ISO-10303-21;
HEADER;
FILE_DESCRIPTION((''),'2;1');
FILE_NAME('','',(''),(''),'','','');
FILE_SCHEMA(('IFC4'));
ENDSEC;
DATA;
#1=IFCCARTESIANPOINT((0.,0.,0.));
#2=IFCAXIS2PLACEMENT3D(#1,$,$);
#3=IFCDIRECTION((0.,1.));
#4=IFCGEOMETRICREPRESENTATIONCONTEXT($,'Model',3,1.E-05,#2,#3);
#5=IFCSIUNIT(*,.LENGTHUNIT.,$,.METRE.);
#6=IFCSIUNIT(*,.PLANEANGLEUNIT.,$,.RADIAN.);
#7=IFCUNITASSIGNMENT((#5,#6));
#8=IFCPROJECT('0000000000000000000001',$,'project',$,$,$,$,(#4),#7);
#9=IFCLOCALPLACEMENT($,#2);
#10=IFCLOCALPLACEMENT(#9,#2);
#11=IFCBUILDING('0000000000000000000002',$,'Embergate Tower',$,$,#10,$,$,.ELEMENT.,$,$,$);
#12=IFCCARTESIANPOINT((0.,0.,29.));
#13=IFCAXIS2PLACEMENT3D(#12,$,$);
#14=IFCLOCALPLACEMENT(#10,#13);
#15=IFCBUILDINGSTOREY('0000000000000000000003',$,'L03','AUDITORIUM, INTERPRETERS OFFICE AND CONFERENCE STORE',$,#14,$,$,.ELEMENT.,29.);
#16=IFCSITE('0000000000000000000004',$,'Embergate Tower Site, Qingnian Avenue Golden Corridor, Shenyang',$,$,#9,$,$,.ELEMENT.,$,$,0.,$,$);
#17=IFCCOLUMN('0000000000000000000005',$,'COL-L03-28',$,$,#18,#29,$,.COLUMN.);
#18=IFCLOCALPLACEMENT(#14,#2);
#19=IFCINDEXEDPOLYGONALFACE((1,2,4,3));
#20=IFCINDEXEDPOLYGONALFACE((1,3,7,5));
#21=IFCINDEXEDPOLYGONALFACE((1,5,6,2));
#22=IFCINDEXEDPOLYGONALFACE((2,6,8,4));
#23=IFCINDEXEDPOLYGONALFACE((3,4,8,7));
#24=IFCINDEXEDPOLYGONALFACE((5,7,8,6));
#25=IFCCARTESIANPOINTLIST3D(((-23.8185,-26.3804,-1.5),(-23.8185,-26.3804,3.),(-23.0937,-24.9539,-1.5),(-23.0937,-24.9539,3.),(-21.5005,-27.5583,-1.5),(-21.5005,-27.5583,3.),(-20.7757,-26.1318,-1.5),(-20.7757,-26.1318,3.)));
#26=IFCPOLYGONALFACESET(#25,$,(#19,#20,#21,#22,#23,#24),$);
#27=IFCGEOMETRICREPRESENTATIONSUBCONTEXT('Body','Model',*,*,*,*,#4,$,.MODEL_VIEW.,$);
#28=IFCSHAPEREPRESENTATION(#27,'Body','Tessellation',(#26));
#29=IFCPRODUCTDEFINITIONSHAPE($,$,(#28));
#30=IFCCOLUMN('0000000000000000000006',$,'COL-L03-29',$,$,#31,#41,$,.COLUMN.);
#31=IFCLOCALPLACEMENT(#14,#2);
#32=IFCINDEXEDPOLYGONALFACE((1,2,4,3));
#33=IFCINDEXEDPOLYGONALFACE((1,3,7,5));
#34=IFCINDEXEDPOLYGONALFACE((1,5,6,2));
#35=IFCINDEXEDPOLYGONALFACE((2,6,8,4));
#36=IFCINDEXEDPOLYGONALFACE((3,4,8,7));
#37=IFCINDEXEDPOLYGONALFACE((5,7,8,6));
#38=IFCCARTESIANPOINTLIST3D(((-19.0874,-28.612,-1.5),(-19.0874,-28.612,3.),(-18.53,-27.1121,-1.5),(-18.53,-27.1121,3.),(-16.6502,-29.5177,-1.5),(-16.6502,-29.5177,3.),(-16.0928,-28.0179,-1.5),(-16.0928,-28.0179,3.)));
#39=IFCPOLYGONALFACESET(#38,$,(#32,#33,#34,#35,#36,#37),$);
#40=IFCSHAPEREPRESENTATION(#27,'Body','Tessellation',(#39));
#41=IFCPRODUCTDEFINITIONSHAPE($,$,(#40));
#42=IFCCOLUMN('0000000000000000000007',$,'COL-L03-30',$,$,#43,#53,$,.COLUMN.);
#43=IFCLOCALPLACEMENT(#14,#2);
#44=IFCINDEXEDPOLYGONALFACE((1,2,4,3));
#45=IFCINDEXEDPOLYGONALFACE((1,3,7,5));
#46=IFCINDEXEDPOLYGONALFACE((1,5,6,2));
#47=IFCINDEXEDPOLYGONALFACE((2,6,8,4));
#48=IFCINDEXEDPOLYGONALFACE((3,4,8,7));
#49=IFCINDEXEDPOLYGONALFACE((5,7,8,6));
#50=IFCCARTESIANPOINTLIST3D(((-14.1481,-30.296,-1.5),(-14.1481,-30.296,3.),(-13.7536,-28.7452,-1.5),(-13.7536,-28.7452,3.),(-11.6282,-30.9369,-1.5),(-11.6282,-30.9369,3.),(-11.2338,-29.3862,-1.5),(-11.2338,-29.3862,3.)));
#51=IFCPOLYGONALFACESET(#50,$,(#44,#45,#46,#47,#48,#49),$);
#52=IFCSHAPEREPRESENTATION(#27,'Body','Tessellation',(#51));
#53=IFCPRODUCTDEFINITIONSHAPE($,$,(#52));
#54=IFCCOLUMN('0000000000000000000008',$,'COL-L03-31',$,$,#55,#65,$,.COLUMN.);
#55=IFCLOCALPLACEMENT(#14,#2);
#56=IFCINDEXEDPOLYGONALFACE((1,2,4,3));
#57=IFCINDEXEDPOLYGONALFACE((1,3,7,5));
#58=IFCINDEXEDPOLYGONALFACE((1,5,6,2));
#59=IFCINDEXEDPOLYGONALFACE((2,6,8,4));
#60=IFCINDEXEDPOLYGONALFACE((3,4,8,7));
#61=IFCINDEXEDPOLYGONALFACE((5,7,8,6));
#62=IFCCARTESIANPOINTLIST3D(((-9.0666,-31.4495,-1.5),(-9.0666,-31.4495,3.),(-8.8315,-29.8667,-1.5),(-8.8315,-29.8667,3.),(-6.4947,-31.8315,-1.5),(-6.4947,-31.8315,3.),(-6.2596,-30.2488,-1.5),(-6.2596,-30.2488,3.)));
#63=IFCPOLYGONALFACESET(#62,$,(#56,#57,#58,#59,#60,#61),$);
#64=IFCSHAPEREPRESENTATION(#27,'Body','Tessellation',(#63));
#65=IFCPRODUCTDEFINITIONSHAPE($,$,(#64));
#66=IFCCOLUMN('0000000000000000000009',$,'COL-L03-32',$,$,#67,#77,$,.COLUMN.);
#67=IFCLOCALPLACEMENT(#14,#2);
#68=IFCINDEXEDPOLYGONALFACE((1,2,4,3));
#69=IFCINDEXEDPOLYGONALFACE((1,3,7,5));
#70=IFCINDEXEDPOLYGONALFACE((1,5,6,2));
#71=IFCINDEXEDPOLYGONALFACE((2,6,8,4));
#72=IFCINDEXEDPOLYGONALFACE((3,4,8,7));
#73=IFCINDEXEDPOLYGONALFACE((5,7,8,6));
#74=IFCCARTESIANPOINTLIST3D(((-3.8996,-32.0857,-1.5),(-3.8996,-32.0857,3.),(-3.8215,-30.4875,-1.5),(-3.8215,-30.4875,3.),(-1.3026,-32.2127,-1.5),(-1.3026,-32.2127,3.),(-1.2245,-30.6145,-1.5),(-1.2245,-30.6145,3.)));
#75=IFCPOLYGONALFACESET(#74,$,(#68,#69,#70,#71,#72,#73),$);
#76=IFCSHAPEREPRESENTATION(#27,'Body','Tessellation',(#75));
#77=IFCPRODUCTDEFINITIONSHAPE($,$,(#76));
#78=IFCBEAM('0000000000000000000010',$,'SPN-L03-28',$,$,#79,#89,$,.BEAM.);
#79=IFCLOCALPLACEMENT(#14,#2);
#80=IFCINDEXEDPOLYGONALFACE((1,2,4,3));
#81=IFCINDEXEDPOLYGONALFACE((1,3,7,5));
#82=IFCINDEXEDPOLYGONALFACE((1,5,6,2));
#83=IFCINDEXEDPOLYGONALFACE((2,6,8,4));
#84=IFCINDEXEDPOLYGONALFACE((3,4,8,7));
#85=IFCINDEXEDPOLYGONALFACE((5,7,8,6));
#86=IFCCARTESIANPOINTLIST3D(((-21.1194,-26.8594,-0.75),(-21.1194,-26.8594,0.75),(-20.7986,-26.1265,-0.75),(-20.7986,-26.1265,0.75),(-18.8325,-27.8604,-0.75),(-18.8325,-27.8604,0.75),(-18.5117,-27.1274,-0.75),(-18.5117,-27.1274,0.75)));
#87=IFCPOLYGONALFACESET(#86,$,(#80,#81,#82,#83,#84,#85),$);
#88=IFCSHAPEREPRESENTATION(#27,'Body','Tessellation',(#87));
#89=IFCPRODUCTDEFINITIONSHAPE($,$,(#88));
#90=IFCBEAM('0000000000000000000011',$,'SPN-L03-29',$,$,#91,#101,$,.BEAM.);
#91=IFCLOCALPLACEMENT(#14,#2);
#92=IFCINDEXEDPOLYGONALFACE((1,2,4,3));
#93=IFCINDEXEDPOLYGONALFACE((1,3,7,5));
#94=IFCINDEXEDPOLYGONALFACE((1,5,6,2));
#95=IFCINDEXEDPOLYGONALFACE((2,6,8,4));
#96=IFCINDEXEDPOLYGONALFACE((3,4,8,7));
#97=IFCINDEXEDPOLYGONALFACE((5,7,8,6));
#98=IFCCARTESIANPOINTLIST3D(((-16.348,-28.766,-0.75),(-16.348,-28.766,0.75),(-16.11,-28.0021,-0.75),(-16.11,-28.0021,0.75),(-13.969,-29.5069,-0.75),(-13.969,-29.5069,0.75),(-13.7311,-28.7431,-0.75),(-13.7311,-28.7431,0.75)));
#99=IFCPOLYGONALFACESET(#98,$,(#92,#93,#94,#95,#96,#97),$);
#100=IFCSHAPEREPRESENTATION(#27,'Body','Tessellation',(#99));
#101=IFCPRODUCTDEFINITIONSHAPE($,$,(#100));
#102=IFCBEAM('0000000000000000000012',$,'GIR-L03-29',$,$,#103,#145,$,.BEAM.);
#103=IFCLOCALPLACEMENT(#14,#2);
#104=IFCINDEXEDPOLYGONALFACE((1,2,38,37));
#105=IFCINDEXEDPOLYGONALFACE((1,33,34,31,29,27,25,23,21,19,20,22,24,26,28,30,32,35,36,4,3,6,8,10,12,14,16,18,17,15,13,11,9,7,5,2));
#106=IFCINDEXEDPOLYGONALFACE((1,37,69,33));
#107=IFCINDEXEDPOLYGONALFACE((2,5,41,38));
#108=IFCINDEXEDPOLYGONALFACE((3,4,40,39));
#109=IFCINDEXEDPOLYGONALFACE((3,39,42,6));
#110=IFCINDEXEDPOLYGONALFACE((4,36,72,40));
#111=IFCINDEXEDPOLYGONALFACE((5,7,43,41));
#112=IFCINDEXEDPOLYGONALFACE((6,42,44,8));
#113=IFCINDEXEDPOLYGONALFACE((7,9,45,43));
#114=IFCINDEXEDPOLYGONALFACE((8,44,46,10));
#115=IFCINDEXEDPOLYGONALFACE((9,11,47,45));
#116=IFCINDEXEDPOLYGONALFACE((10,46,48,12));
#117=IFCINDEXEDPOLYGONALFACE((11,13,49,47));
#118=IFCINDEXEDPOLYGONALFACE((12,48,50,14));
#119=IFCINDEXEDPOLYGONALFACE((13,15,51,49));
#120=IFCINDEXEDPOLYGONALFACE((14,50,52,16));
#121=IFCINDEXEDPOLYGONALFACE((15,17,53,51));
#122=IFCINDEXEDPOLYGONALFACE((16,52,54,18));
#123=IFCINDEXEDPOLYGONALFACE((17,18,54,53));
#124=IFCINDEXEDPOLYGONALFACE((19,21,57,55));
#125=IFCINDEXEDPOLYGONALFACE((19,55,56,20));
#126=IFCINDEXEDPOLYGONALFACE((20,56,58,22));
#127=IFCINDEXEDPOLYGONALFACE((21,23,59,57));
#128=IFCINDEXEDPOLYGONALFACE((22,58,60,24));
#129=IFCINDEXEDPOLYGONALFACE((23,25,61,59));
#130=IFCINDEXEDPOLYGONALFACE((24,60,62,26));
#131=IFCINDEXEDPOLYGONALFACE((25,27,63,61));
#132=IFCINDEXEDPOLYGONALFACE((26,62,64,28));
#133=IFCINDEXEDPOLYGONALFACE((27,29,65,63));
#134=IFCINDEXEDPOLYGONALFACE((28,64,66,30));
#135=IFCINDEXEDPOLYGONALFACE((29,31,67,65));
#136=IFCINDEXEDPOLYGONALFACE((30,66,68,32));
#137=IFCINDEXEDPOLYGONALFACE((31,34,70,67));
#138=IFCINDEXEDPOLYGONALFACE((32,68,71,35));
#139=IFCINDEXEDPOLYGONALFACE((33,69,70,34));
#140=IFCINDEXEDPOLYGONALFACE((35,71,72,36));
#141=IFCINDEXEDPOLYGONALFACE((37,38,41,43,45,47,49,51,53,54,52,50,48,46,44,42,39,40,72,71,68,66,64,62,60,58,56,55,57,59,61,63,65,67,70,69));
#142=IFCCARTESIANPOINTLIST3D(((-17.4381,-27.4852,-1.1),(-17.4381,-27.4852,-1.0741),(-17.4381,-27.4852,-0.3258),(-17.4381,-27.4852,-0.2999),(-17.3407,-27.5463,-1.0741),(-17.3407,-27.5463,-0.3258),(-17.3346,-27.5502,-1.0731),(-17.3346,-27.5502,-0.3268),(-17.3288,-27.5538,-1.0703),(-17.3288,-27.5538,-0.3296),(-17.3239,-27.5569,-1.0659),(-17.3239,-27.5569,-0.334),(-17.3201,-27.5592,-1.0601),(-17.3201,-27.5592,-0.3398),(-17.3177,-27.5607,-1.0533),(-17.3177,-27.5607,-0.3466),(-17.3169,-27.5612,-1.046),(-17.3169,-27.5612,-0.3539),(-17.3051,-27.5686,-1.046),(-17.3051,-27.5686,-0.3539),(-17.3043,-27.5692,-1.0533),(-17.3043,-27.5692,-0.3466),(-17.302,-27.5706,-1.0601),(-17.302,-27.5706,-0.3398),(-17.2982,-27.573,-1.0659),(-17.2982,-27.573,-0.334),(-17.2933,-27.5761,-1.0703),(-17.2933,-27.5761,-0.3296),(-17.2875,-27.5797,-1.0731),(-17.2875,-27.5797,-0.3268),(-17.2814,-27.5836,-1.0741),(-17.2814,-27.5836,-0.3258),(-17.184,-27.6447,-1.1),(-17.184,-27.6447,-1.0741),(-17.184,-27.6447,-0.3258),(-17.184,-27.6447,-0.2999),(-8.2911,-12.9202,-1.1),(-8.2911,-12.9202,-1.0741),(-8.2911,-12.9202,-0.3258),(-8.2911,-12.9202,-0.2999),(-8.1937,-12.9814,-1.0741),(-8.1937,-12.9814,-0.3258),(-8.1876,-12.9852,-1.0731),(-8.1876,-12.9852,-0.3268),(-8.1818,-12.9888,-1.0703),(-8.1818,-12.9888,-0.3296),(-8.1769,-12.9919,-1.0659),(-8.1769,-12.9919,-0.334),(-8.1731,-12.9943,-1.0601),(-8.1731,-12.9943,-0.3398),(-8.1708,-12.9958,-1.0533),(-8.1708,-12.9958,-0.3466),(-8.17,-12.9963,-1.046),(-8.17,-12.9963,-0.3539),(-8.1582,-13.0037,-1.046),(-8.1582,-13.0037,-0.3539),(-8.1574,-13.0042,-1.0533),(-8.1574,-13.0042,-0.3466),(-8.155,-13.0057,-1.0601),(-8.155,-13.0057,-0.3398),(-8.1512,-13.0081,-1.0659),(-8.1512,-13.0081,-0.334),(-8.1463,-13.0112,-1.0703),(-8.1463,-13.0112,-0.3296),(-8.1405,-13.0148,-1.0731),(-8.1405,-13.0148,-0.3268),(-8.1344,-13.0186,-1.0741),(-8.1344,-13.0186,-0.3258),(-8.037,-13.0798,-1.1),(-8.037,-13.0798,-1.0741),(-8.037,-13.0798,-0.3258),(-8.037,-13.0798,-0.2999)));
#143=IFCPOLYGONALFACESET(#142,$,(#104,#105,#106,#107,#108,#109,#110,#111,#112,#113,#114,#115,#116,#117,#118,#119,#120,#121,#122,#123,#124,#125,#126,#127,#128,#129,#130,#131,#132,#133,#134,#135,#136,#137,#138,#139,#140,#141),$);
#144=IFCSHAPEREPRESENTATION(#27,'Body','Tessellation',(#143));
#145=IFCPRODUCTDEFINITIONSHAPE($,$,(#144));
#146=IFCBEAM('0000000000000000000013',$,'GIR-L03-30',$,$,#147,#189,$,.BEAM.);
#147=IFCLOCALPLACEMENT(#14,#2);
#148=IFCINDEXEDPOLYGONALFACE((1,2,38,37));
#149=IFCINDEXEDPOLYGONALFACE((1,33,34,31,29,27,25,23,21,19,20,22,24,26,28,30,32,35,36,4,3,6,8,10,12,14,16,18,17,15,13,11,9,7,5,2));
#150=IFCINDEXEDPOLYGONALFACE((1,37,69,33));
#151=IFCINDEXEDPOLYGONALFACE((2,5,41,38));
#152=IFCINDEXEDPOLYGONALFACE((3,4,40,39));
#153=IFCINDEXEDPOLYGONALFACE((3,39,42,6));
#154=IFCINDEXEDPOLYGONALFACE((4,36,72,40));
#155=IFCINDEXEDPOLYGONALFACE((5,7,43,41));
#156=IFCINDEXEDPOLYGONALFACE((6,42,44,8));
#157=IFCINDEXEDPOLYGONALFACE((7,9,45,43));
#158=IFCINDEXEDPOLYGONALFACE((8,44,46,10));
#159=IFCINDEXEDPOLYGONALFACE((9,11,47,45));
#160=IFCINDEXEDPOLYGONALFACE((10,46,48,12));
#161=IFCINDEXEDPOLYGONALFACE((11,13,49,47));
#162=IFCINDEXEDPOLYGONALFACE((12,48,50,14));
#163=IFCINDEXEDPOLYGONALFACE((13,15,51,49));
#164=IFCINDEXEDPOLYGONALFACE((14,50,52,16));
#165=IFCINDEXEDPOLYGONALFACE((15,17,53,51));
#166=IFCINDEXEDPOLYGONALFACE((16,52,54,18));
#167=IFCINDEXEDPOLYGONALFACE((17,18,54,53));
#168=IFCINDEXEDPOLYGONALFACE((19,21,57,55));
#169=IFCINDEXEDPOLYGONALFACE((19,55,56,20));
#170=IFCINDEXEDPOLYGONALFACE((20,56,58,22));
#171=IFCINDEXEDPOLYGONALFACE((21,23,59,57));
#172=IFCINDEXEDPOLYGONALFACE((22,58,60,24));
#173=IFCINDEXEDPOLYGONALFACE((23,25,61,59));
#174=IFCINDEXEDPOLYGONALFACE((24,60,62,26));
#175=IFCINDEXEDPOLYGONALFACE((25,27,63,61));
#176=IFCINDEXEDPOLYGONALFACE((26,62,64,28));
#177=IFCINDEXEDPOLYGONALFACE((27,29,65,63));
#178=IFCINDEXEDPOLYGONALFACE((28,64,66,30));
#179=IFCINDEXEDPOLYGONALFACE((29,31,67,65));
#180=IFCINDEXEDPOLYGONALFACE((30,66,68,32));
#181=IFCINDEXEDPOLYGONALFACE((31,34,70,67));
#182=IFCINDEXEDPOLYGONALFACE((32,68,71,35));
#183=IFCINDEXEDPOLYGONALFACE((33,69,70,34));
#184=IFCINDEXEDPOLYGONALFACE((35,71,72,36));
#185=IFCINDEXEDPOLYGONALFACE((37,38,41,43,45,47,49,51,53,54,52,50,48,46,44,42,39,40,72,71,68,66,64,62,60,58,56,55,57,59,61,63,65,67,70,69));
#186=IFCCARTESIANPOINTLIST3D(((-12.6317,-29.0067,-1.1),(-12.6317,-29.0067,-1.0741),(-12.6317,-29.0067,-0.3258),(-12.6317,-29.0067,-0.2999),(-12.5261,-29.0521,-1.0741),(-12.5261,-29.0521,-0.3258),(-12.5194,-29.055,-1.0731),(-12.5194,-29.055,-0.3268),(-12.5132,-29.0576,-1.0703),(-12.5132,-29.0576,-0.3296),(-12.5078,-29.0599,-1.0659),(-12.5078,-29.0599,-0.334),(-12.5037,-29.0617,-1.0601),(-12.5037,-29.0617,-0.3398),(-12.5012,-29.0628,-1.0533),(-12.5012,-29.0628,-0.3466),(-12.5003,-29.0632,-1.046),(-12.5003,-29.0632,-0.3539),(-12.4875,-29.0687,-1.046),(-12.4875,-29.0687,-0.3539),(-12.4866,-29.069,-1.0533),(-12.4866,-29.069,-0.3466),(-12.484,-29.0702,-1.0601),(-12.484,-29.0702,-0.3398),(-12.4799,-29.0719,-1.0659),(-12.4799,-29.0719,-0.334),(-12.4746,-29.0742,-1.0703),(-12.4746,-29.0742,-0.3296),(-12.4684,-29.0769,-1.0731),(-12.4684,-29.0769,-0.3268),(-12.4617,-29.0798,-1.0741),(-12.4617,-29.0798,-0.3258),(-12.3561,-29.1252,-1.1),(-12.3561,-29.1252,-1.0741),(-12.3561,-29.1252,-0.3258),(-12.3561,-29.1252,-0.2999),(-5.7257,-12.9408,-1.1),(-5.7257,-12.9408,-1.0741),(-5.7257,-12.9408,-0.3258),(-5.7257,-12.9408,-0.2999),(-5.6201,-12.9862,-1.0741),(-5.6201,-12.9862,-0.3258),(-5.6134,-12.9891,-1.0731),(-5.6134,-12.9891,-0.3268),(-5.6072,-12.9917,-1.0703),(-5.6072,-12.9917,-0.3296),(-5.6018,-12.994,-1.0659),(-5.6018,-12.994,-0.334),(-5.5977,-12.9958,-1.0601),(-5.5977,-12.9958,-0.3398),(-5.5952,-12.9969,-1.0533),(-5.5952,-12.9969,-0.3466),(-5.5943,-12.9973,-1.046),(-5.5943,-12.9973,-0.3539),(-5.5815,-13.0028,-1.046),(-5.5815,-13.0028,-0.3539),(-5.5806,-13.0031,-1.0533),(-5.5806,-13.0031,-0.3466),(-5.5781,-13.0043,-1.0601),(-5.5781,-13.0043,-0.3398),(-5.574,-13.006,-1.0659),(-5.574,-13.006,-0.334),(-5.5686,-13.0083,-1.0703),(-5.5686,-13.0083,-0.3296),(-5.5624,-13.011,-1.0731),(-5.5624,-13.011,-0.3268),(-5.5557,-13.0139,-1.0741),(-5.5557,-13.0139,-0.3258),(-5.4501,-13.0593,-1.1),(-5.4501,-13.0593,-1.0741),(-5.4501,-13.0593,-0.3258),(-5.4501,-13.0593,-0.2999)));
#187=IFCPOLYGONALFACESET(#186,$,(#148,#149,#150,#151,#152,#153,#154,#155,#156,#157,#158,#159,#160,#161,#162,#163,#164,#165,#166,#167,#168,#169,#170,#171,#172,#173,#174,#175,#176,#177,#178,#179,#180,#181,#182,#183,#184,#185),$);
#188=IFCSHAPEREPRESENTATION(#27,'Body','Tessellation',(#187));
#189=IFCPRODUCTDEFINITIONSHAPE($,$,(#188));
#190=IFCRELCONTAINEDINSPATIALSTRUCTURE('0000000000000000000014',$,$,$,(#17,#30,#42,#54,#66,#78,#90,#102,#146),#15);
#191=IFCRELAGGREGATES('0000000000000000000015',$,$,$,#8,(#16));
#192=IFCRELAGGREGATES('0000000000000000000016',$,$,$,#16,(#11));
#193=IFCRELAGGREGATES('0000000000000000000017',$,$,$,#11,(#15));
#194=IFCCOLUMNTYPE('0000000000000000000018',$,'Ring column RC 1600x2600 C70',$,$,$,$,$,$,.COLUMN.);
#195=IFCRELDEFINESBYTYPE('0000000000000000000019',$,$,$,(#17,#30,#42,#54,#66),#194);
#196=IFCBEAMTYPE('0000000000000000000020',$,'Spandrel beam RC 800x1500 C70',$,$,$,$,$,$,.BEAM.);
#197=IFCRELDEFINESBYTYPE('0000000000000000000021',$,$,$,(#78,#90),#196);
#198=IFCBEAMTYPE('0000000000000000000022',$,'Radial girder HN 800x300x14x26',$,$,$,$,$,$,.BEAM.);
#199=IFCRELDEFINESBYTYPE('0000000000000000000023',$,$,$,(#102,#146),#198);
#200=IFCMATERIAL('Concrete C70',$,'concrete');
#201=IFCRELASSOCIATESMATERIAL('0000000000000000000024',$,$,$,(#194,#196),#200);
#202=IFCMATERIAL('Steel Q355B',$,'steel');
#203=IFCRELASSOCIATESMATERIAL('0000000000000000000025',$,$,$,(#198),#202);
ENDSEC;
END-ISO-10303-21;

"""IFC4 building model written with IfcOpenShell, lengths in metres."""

from ifc_helpers import new_model, si_unit, direction, frame, origin, origin_2d, place, context, subcontext, project, spatial, rectangle, i_section, extrude, source, transform, mapped, material, material_profile, profile_set, type_object, element, save


model = new_model("IFC4")

# Units and contexts
model_context = context("Model", 3, precision=1e-05, world=origin(), true_north=direction((0.0, 1.0)))
body_context = subcontext(model_context, "Body", "Model", "MODEL_VIEW")
ifc_project = project(units=[si_unit("LENGTHUNIT", "METRE"), si_unit("PLANEANGLEUNIT", "RADIAN")], contexts=[model_context])

# Site, building, storey
site_placement = place(None, origin())
site = spatial("IfcSite", under=ifc_project, at=site_placement, Name="Embergate Tower Site, Qingnian Avenue Golden Corridor, Shenyang", CompositionType="ELEMENT", RefElevation=0.0)
building_placement = place(site_placement, origin())
building = spatial("IfcBuilding", under=site, at=building_placement, Name="Embergate Tower", CompositionType="ELEMENT")
storey_placement = place(building_placement, frame((0.0, 0.0, 29.0)))
storey = spatial("IfcBuildingStorey", under=building, at=storey_placement, Name="L03", Description="AUDITORIUM, INTERPRETERS OFFICE AND CONFERENCE STORE", CompositionType="ELEMENT", Elevation=29.0)

# Columns
ifc_material_1 = material(Name="Concrete C70", Category="concrete")
ifc_material_profile_1 = material_profile(ifc_material_1, rectangle(XDim=1.6001, YDim=2.6001, at=origin_2d()), Name="RC 1600x2600")
ifc_profile_set_1 = profile_set([ifc_material_profile_1], Name="Concrete C70")
column_type = type_object("IfcColumnType", Name="Ring column RC 1600x2600 C70", PredefinedType="COLUMN", material=ifc_profile_set_1)
shared_shape_1 = source(origin(), body_context, "Body", "SweptSolid", [
    extrude(rectangle(XDim=1.6001, YDim=2.6001, at=origin_2d()), origin(), (0.0, 0.0, 1.0), 4.5),
])
for number, where, z_axis, x_axis, name in (
    (1, (-22.2971, -26.2561, -1.5), (0.0, 0.0, 1.0), (-0.453011, -0.891505, 0.0), "COL-L03-28"),
    (2, (-17.5901, -28.3149, -1.5), (0.0, 0.0, 1.0), (-0.348343, -0.937367, 0.0), "COL-L03-29"),
    (3, (-12.6909, -29.8411, -1.5), (0.0, 0.0, 1.0), (-0.246509, -0.969141, 0.0), "COL-L03-30"),
    (4, (-7.6631, -30.8491, -1.5), (0.0, 0.0, 1.0), (-0.146929, -0.989147, 0.0), "COL-L03-31"),
    (5, (-2.562, -31.3501, -1.5), (0.0, 0.0, 1.0), (-0.048815, -0.998808, 0.0), "COL-L03-32"),
):
    element("IfcColumn", number, at=place(storey_placement, frame(where, z_axis=z_axis, x_axis=x_axis)), inside=storey, type_object=column_type, Name=name, PredefinedType="COLUMN", context=body_context, shape_type="MappedRepresentation", body=[
        mapped(shared_shape_1, transform((0.0, 0.0, 0.0))),
    ])

# Beams
ifc_material_profile_2 = material_profile(ifc_material_1, rectangle(XDim=0.8, YDim=1.5, at=origin_2d()), Name="RC 800x1500")
ifc_profile_set_2 = profile_set([ifc_material_profile_2], Name="Concrete C70")
beam_type_1 = type_object("IfcBeamType", Name="Spandrel beam RC 800x1500 C70", PredefinedType="BEAM", material=ifc_profile_set_2)
shared_shape_2 = source(origin(), body_context, "Body", "SweptSolid", [
    extrude(rectangle(XDim=0.8, YDim=1.5, at=origin_2d()), origin(), (0.0, 0.0, 1.0), 2.4963),
])
beam_1_placement = place(storey_placement, frame((-20.959, -26.4929, 0.0), z_axis=(0.916088, -0.400978, 0.0), x_axis=(0.400978, 0.916088, 0.0)))
element("IfcBeam", 6, at=beam_1_placement, inside=storey, type_object=beam_type_1, Name="SPN-L03-28", PredefinedType="BEAM", context=body_context, shape_type="MappedRepresentation", body=[
    mapped(shared_shape_2, transform((0.0, 0.0, 0.0))),
])
shared_shape_3 = source(origin(), body_context, "Body", "SweptSolid", [
    extrude(rectangle(XDim=0.8, YDim=1.5, at=origin_2d()), origin(), (0.0, 0.0, 1.0), 2.4917),
])
beam_2_placement = place(storey_placement, frame((-16.229, -28.384, 0.0), z_axis=(0.954759, -0.297382, 0.0), x_axis=(0.297382, 0.954759, 0.0)))
element("IfcBeam", 7, at=beam_2_placement, inside=storey, type_object=beam_type_1, Name="SPN-L03-29", PredefinedType="BEAM", context=body_context, shape_type="MappedRepresentation", body=[
    mapped(shared_shape_3, transform((0.0, 0.0, 0.0))),
])
ifc_material_2 = material(Name="Steel Q355B", Category="steel")
ifc_material_profile_3 = material_profile(ifc_material_2, i_section(OverallWidth=0.3, OverallDepth=0.8, WebThickness=0.0139, FlangeThickness=0.0259, FilletRadius=0.0281, at=origin_2d()), Name="HN 800x300x14x26")
ifc_profile_set_3 = profile_set([ifc_material_profile_3], Name="Steel Q355 grade B")
beam_type_2 = type_object("IfcBeamType", Name="Radial girder HN 800x300x14x26", PredefinedType="BEAM", material=ifc_profile_set_3)
shared_shape_4 = source(origin(), body_context, "Body", "SweptSolid", [
    extrude(i_section(OverallWidth=0.3, OverallDepth=0.8, WebThickness=0.0139, FlangeThickness=0.0259, FilletRadius=0.0281, at=origin_2d()), origin(), (0.0, 0.0, 1.0), 17.199),
])
beam_3_placement = place(storey_placement, frame((-17.311, -27.5649, -0.7), z_axis=(0.531833, 0.84685, 0.0), x_axis=(-0.84685, 0.531833, 0.0)))
element("IfcBeam", 8, at=beam_3_placement, inside=storey, type_object=beam_type_2, Name="GIR-L03-29", PredefinedType="BEAM", context=body_context, shape_type="MappedRepresentation", body=[
    mapped(shared_shape_4, transform((0.0, 0.0, 0.0))),
])
shared_shape_5 = source(origin(), body_context, "Body", "SweptSolid", [
    extrude(i_section(OverallWidth=0.3, OverallDepth=0.8, WebThickness=0.0139, FlangeThickness=0.0259, FilletRadius=0.0281, at=origin_2d()), origin(), (0.0, 0.0, 1.0), 17.4873),
])
beam_4_placement = place(storey_placement, frame((-12.4939, -29.0659, -0.7), z_axis=(0.394915, 0.918718, 0.0), x_axis=(-0.918718, 0.394915, 0.0)))
element("IfcBeam", 9, at=beam_4_placement, inside=storey, type_object=beam_type_2, Name="GIR-L03-30", PredefinedType="BEAM", context=body_context, shape_type="MappedRepresentation", body=[
    mapped(shared_shape_5, transform((0.0, 0.0, 0.0))),
])

save(model, "model.ifc")
